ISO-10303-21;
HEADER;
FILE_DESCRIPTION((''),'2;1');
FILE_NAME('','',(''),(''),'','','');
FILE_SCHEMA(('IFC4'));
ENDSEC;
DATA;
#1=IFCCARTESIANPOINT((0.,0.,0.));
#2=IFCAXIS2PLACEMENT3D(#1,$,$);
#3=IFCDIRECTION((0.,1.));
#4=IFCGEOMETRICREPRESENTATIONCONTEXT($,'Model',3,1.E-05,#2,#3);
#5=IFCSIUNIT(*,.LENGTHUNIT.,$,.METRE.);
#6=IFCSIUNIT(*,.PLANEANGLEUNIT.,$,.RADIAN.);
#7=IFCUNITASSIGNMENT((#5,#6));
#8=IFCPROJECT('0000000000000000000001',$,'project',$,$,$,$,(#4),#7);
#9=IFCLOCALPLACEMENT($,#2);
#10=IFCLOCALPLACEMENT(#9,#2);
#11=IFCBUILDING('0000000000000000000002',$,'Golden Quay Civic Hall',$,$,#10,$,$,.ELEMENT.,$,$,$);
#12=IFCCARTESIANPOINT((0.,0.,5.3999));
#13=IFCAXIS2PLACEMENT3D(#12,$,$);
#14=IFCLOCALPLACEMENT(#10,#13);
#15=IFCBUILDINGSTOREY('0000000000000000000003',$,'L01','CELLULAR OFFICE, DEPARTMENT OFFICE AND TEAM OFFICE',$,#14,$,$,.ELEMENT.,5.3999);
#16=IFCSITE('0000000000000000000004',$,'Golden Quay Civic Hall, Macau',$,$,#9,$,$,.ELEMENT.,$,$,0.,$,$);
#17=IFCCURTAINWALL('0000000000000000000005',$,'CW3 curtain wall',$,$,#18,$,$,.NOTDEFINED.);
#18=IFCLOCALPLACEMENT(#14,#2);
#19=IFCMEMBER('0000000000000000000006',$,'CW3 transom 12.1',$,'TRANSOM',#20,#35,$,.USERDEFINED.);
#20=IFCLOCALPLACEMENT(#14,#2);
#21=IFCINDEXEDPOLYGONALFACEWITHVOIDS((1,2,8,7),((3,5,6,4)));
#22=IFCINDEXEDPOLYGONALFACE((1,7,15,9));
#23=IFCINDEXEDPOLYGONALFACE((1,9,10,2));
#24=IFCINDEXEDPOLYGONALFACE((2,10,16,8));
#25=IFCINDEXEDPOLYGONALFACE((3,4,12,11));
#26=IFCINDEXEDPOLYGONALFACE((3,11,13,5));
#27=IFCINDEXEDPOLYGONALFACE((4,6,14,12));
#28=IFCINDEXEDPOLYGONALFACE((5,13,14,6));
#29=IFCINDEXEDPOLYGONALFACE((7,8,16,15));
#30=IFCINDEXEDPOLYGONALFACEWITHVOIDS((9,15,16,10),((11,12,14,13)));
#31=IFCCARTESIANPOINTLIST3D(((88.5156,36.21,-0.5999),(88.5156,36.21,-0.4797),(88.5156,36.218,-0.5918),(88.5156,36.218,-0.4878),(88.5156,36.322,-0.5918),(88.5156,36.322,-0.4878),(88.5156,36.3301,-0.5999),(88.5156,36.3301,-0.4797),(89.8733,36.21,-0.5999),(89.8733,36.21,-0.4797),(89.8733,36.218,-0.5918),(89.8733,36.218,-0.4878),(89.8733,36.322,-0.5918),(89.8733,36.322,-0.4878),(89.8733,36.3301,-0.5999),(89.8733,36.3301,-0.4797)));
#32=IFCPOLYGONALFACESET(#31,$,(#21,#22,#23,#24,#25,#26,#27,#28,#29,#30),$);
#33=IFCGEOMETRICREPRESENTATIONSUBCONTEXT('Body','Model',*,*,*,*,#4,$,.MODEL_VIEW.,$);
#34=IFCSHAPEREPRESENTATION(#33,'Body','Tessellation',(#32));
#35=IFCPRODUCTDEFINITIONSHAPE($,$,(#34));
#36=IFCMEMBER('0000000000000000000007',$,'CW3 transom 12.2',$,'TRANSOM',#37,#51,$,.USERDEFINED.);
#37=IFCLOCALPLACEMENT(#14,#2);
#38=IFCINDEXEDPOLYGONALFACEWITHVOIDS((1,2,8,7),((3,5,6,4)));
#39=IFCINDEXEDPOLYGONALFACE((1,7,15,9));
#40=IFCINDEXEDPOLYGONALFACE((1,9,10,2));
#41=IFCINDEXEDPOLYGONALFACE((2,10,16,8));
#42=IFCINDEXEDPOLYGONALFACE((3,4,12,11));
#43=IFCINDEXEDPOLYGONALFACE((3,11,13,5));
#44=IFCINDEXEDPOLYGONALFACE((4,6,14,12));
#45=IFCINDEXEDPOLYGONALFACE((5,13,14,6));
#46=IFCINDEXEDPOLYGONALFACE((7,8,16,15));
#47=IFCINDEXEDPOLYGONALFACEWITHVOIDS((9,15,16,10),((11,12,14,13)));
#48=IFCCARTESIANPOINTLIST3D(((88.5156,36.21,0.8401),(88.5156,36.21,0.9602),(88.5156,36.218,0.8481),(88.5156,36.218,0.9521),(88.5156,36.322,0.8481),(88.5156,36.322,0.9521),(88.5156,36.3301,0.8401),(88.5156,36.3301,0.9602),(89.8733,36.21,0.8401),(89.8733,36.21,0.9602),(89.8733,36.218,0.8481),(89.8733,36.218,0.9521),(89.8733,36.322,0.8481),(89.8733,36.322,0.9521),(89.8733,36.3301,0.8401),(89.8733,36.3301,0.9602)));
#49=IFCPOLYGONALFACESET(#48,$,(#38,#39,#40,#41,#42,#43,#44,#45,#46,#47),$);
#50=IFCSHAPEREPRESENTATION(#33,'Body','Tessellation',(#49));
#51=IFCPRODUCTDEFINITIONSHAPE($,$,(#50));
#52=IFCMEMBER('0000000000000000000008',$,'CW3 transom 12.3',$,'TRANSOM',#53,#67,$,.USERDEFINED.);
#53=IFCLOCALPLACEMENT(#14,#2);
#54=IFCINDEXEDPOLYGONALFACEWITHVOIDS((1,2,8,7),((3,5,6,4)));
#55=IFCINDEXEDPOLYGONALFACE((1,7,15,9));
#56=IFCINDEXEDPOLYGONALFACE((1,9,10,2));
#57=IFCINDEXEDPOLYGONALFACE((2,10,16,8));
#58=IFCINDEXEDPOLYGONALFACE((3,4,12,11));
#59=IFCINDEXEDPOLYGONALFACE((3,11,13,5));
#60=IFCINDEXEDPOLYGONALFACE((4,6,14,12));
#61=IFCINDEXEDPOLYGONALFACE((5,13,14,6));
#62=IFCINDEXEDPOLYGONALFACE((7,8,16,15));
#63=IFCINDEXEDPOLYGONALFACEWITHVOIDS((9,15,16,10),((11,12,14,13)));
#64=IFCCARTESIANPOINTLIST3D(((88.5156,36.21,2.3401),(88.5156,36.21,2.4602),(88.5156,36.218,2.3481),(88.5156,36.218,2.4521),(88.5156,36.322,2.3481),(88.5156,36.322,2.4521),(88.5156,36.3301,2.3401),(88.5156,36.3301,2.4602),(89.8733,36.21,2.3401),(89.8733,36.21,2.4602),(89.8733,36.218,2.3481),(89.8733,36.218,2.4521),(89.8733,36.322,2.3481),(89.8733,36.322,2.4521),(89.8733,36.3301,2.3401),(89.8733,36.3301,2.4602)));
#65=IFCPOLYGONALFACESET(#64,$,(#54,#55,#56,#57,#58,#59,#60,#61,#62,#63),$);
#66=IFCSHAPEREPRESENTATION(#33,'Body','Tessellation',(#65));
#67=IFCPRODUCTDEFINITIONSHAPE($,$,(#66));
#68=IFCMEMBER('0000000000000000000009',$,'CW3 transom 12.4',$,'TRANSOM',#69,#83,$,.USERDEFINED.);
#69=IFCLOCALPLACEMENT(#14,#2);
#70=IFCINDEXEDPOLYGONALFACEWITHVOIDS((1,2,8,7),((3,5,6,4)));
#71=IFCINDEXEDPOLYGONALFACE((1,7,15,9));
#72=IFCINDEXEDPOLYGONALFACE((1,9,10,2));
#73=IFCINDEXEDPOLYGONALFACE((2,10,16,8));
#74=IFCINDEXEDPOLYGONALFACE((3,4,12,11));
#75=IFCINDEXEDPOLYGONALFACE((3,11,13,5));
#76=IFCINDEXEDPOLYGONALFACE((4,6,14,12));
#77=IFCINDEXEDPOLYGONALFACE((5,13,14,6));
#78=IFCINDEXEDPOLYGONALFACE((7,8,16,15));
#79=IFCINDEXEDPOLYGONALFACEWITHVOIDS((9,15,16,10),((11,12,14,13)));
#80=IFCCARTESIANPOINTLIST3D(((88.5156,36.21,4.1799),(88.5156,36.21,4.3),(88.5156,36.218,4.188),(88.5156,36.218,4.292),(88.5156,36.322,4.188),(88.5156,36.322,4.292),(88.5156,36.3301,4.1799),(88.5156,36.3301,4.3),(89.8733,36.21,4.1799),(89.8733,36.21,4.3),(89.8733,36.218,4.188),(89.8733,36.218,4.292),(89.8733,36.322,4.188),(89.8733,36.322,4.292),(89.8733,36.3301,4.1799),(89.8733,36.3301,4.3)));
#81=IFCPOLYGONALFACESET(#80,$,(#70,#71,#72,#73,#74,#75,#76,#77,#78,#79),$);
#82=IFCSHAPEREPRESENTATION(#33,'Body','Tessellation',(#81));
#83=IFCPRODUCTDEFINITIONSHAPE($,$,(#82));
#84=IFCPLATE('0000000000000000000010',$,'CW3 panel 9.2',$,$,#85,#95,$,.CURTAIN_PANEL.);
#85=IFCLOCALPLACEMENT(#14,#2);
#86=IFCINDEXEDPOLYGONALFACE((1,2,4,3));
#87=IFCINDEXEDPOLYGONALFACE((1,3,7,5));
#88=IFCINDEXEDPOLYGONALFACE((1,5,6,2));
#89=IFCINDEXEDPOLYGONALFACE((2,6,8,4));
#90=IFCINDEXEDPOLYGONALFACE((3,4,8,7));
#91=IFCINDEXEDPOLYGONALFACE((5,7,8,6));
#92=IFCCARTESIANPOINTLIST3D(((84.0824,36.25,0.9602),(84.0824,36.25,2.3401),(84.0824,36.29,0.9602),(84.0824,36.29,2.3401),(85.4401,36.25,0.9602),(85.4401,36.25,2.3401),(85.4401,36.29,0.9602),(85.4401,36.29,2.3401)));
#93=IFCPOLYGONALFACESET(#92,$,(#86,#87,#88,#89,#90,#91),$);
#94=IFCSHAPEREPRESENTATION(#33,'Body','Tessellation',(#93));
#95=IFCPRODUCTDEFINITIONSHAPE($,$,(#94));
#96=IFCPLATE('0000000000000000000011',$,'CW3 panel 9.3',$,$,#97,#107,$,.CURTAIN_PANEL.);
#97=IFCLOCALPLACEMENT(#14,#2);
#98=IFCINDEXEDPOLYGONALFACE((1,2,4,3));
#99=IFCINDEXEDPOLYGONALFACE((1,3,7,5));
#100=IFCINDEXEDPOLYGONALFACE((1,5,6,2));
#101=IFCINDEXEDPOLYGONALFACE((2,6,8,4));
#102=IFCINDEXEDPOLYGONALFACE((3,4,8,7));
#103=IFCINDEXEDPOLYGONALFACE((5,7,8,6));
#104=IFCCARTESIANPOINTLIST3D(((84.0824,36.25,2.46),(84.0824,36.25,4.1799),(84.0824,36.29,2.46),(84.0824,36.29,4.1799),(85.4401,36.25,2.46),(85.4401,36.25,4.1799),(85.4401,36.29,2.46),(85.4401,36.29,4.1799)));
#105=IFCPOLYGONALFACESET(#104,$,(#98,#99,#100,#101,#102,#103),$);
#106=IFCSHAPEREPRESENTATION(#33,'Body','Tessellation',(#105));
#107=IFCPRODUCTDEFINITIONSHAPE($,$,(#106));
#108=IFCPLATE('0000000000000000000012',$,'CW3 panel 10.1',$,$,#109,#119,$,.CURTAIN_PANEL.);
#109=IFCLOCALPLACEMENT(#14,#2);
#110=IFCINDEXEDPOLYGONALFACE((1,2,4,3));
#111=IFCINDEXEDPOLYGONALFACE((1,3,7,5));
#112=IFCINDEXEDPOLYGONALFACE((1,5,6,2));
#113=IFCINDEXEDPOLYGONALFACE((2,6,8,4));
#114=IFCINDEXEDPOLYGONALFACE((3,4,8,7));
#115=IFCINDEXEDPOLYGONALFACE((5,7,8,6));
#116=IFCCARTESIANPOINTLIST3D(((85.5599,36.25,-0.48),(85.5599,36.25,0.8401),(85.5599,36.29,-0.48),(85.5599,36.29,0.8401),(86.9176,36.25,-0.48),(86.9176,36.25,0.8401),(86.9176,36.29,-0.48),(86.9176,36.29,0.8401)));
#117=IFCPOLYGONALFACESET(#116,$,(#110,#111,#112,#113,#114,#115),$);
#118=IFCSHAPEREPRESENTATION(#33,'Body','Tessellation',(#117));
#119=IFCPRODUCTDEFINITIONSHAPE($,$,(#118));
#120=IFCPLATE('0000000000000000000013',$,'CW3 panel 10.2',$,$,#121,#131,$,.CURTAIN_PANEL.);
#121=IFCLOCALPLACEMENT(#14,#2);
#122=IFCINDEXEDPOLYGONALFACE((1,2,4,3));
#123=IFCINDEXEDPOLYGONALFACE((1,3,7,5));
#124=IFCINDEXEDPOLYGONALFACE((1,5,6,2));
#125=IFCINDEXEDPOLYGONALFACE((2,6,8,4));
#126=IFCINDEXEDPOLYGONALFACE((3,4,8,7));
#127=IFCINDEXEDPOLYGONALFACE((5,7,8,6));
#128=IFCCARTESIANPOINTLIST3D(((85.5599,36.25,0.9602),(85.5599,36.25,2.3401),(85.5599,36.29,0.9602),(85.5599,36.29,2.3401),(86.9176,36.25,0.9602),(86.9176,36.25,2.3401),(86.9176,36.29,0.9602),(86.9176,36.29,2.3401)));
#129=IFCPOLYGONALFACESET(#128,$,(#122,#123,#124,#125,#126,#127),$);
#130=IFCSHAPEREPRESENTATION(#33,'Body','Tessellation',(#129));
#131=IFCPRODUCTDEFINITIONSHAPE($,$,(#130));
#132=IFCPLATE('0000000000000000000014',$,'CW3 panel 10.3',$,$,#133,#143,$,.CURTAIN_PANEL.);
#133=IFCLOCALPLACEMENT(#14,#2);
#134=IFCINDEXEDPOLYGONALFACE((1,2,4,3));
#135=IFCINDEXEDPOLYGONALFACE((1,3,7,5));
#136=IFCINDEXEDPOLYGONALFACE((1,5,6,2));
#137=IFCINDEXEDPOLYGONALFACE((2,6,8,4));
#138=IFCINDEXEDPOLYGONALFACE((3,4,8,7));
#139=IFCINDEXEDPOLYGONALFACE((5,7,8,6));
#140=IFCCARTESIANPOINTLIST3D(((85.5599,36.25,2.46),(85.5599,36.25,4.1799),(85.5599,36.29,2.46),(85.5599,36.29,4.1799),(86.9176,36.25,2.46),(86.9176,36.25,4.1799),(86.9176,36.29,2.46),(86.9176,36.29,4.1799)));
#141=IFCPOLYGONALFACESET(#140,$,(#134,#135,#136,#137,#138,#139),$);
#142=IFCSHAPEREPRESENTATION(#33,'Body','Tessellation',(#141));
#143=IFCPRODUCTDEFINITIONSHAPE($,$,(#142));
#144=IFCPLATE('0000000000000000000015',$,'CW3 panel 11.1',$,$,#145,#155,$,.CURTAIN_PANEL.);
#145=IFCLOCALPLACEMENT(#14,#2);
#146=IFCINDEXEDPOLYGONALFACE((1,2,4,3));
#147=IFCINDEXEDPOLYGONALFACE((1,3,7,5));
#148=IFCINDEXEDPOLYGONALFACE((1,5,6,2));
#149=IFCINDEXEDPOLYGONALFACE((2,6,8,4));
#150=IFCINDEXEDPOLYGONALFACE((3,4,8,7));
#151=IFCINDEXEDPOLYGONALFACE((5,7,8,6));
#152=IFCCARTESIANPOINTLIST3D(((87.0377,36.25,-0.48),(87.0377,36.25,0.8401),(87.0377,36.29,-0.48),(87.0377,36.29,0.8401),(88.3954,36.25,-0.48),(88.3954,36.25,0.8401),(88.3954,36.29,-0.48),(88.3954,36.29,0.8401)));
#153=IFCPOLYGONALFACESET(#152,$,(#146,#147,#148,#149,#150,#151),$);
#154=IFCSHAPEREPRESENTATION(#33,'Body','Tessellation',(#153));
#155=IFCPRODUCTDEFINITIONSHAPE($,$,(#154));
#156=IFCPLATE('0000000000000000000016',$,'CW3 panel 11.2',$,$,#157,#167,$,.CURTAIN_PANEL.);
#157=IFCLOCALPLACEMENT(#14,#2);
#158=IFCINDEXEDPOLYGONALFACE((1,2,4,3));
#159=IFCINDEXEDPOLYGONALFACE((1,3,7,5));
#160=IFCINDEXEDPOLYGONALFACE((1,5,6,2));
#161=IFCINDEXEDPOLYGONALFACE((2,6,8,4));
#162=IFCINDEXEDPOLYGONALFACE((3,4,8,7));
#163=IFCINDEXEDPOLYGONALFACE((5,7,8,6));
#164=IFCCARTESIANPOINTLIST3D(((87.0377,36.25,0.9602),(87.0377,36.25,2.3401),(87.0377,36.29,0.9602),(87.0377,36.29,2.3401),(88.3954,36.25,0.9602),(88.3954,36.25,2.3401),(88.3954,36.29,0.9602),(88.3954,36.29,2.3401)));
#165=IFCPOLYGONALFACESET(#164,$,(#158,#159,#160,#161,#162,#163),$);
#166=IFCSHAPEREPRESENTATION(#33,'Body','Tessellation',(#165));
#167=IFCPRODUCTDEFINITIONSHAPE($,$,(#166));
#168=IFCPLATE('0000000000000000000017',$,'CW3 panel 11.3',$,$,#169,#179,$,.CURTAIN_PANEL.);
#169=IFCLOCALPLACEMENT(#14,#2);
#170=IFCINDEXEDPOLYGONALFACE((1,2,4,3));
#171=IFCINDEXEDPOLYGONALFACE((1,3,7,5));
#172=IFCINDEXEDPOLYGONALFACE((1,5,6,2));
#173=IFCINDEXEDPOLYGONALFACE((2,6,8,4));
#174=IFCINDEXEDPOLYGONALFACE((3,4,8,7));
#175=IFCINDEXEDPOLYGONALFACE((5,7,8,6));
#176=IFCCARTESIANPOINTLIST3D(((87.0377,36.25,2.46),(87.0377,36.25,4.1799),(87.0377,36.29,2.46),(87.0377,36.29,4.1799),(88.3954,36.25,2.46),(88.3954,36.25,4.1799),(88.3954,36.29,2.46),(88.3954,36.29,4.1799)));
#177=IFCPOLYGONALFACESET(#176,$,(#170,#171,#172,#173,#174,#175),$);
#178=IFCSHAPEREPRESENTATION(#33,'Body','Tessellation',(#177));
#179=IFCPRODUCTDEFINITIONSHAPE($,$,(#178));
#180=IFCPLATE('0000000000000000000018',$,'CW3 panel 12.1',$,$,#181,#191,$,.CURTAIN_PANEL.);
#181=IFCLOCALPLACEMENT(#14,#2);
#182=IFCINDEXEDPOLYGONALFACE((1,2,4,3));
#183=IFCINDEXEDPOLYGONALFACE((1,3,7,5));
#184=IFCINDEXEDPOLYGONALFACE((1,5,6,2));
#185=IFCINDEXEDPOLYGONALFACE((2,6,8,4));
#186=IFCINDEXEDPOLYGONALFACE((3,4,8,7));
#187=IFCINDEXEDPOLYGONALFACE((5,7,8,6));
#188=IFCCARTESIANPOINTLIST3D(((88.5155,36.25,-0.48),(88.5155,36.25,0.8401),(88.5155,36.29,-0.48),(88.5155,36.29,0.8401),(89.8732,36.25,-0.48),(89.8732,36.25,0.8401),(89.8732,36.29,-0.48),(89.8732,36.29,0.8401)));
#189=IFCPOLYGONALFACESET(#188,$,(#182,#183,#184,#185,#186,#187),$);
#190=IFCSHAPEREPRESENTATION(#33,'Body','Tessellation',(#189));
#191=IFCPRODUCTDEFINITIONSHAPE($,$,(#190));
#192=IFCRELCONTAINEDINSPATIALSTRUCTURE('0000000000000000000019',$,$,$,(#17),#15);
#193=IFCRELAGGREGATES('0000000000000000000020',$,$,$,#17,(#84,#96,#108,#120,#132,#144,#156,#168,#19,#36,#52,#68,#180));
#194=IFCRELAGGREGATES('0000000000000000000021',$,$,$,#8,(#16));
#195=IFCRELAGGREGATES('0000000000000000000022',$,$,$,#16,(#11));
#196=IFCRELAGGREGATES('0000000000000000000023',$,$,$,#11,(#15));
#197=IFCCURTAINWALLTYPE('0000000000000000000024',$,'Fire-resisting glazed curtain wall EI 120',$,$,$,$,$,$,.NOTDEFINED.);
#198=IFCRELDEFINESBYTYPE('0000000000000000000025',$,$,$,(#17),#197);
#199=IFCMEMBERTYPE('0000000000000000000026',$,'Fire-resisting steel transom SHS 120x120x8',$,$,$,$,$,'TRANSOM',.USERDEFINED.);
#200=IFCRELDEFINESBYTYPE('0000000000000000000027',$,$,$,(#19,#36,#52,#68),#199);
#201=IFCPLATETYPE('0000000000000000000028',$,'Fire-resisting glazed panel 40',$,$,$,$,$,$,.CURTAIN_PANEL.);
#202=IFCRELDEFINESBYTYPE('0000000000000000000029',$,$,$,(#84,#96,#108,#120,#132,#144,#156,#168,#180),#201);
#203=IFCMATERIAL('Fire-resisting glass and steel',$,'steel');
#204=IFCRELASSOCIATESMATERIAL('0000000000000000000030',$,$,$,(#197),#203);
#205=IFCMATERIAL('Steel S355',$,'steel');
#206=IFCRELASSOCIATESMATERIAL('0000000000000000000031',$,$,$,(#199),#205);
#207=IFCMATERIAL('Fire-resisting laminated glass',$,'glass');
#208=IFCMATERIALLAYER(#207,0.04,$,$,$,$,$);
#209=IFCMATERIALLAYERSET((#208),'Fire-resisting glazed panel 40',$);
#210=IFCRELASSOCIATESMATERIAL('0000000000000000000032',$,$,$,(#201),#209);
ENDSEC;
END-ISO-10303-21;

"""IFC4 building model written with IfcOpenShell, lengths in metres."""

from ifc_helpers import new_model, si_unit, direction, frame, origin, origin_2d, place, context, subcontext, project, spatial, rectangle, hollow_rectangle, extrude, material, layer, layer_set, material_profile, profile_set, type_object, element, aggregate, save


model = new_model("IFC4")

# Units and contexts
model_context = context("Model", 3, precision=1e-05, world=origin(), true_north=direction((0.0, 1.0)))
body_context = subcontext(model_context, "Body", "Model", "MODEL_VIEW")
ifc_project = project(units=[si_unit("LENGTHUNIT", "METRE"), si_unit("PLANEANGLEUNIT", "RADIAN")], contexts=[model_context])

# Site, building, storey
site_placement = place(None, origin())
site = spatial("IfcSite", under=ifc_project, at=site_placement, Name="Golden Quay Civic Hall, Macau", CompositionType="ELEMENT", RefElevation=0.0)
building_placement = place(site_placement, origin())
building = spatial("IfcBuilding", under=site, at=building_placement, Name="Golden Quay Civic Hall", CompositionType="ELEMENT")
storey_placement = place(building_placement, frame((0.0, 0.0, 5.3999)))
storey = spatial("IfcBuildingStorey", under=building, at=storey_placement, Name="L01", Description="CELLULAR OFFICE, DEPARTMENT OFFICE AND TEAM OFFICE", CompositionType="ELEMENT", Elevation=5.3999)

# Curtain wall, members, plates
ifc_material_1 = material(Name="Fire-resisting glass and steel", Category="steel")
curtain_wall_type = type_object("IfcCurtainWallType", Name="Fire-resisting glazed curtain wall EI 120", PredefinedType="NOTDEFINED", material=ifc_material_1)
curtain_wall_placement = place(storey_placement, origin())
curtain_wall = element("IfcCurtainWall", 1, at=curtain_wall_placement, inside=storey, type_object=curtain_wall_type, Name="CW3 curtain wall", PredefinedType="NOTDEFINED")
ifc_material_2 = material(Name="Steel S355", Category="steel")
ifc_material_profile_1 = material_profile(ifc_material_2, hollow_rectangle(XDim=0.1201, YDim=0.1201, WallThickness=0.0081, at=origin_2d()), Name="SHS 120x120x8")
ifc_profile_set_1 = profile_set([ifc_material_profile_1], Name="Steel S355")
member_type_1 = type_object("IfcMemberType", Name="Fire-resisting steel transom SHS 120x120x8", ElementType="TRANSOM", PredefinedType="USERDEFINED", material=ifc_profile_set_1)
member_1_placement = place(storey_placement, frame((88.5156, 36.27, -0.5398), z_axis=(1.0, 0.0, 0.0), x_axis=(0.0, 1.0, 0.0)))
member_1 = element("IfcMember", 2, at=member_1_placement, type_object=member_type_1, Name="CW3 transom 12.1", ObjectType="TRANSOM", PredefinedType="USERDEFINED", context=body_context, shape_type="SweptSolid", body=[
    extrude(hollow_rectangle(XDim=0.1201, YDim=0.1201, WallThickness=0.0081, at=origin_2d()), origin(), (0.0, 0.0, 1.0), 1.3577),
])
member_2_placement = place(storey_placement, frame((88.5156, 36.27, 0.9001), z_axis=(1.0, 0.0, 0.0), x_axis=(0.0, 1.0, 0.0)))
member_2 = element("IfcMember", 3, at=member_2_placement, type_object=member_type_1, Name="CW3 transom 12.2", ObjectType="TRANSOM", PredefinedType="USERDEFINED", context=body_context, shape_type="SweptSolid", body=[
    extrude(hollow_rectangle(XDim=0.1201, YDim=0.1201, WallThickness=0.0081, at=origin_2d()), origin(), (0.0, 0.0, 1.0), 1.3577),
])
member_3_placement = place(storey_placement, frame((88.5156, 36.27, 2.4001), z_axis=(1.0, 0.0, 0.0), x_axis=(0.0, 1.0, 0.0)))
member_3 = element("IfcMember", 4, at=member_3_placement, type_object=member_type_1, Name="CW3 transom 12.3", ObjectType="TRANSOM", PredefinedType="USERDEFINED", context=body_context, shape_type="SweptSolid", body=[
    extrude(hollow_rectangle(XDim=0.1201, YDim=0.1201, WallThickness=0.0081, at=origin_2d()), origin(), (0.0, 0.0, 1.0), 1.3577),
])
member_4_placement = place(storey_placement, frame((88.5156, 36.27, 4.24), z_axis=(1.0, 0.0, 0.0), x_axis=(0.0, 1.0, 0.0)))
member_4 = element("IfcMember", 5, at=member_4_placement, type_object=member_type_1, Name="CW3 transom 12.4", ObjectType="TRANSOM", PredefinedType="USERDEFINED", context=body_context, shape_type="SweptSolid", body=[
    extrude(hollow_rectangle(XDim=0.1201, YDim=0.1201, WallThickness=0.0081, at=origin_2d()), origin(), (0.0, 0.0, 1.0), 1.3577),
])
ifc_material_3 = material(Name="Fire-resisting laminated glass", Category="glass")
ifc_layer = layer(ifc_material_3, 0.04)
ifc_layer_set = layer_set([ifc_layer], Name="Fire-resisting glazed panel 40")
plate_type = type_object("IfcPlateType", Name="Fire-resisting glazed panel 40", PredefinedType="CURTAIN_PANEL", material=ifc_layer_set)
plate_1_placement = place(storey_placement, frame((84.7612, 36.27, 0.9602), z_axis=(0.0, 0.0, 1.0), x_axis=(1.0, 0.0, 0.0)))
plate_1 = element("IfcPlate", 6, at=plate_1_placement, type_object=plate_type, Name="CW3 panel 9.2", PredefinedType="CURTAIN_PANEL", context=body_context, shape_type="SweptSolid", body=[
    extrude(rectangle(XDim=1.3577, YDim=0.04, at=origin_2d()), origin(), (0.0, 0.0, 1.0), 1.3799),
])
plate_2_placement = place(storey_placement, frame((84.7612, 36.27, 2.46), z_axis=(0.0, 0.0, 1.0), x_axis=(1.0, 0.0, 0.0)))
plate_2 = element("IfcPlate", 7, at=plate_2_placement, type_object=plate_type, Name="CW3 panel 9.3", PredefinedType="CURTAIN_PANEL", context=body_context, shape_type="SweptSolid", body=[
    extrude(rectangle(XDim=1.3577, YDim=0.04, at=origin_2d()), origin(), (0.0, 0.0, 1.0), 1.72),
])
plate_3_placement = place(storey_placement, frame((86.2388, 36.27, -0.48), z_axis=(0.0, 0.0, 1.0), x_axis=(1.0, 0.0, 0.0)))
plate_3 = element("IfcPlate", 8, at=plate_3_placement, type_object=plate_type, Name="CW3 panel 10.1", PredefinedType="CURTAIN_PANEL", context=body_context, shape_type="SweptSolid", body=[
    extrude(rectangle(XDim=1.3577, YDim=0.04, at=origin_2d()), origin(), (0.0, 0.0, 1.0), 1.3201),
])
plate_4_placement = place(storey_placement, frame((86.2388, 36.27, 0.9602), z_axis=(0.0, 0.0, 1.0), x_axis=(1.0, 0.0, 0.0)))
plate_4 = element("IfcPlate", 9, at=plate_4_placement, type_object=plate_type, Name="CW3 panel 10.2", PredefinedType="CURTAIN_PANEL", context=body_context, shape_type="SweptSolid", body=[
    extrude(rectangle(XDim=1.3577, YDim=0.04, at=origin_2d()), origin(), (0.0, 0.0, 1.0), 1.3799),
])
plate_5_placement = place(storey_placement, frame((86.2388, 36.27, 2.46), z_axis=(0.0, 0.0, 1.0), x_axis=(1.0, 0.0, 0.0)))
plate_5 = element("IfcPlate", 10, at=plate_5_placement, type_object=plate_type, Name="CW3 panel 10.3", PredefinedType="CURTAIN_PANEL", context=body_context, shape_type="SweptSolid", body=[
    extrude(rectangle(XDim=1.3577, YDim=0.04, at=origin_2d()), origin(), (0.0, 0.0, 1.0), 1.72),
])
plate_6_placement = place(storey_placement, frame((87.7166, 36.27, -0.48), z_axis=(0.0, 0.0, 1.0), x_axis=(1.0, 0.0, 0.0)))
plate_6 = element("IfcPlate", 11, at=plate_6_placement, type_object=plate_type, Name="CW3 panel 11.1", PredefinedType="CURTAIN_PANEL", context=body_context, shape_type="SweptSolid", body=[
    extrude(rectangle(XDim=1.3577, YDim=0.04, at=origin_2d()), origin(), (0.0, 0.0, 1.0), 1.3201),
])
plate_7_placement = place(storey_placement, frame((87.7166, 36.27, 0.9602), z_axis=(0.0, 0.0, 1.0), x_axis=(1.0, 0.0, 0.0)))
plate_7 = element("IfcPlate", 12, at=plate_7_placement, type_object=plate_type, Name="CW3 panel 11.2", PredefinedType="CURTAIN_PANEL", context=body_context, shape_type="SweptSolid", body=[
    extrude(rectangle(XDim=1.3577, YDim=0.04, at=origin_2d()), origin(), (0.0, 0.0, 1.0), 1.3799),
])
plate_8_placement = place(storey_placement, frame((87.7166, 36.27, 2.46), z_axis=(0.0, 0.0, 1.0), x_axis=(1.0, 0.0, 0.0)))
plate_8 = element("IfcPlate", 13, at=plate_8_placement, type_object=plate_type, Name="CW3 panel 11.3", PredefinedType="CURTAIN_PANEL", context=body_context, shape_type="SweptSolid", body=[
    extrude(rectangle(XDim=1.3577, YDim=0.04, at=origin_2d()), origin(), (0.0, 0.0, 1.0), 1.72),
])
plate_9_placement = place(storey_placement, frame((89.1943, 36.27, -0.48), z_axis=(0.0, 0.0, 1.0), x_axis=(1.0, 0.0, 0.0)))
plate_9 = element("IfcPlate", 14, at=plate_9_placement, type_object=plate_type, Name="CW3 panel 12.1", PredefinedType="CURTAIN_PANEL", context=body_context, shape_type="SweptSolid", body=[
    extrude(rectangle(XDim=1.3577, YDim=0.04, at=origin_2d()), origin(), (0.0, 0.0, 1.0), 1.3201),
])
aggregate(curtain_wall, [plate_1, plate_2, plate_3, plate_4, plate_5, plate_6, plate_7, plate_8, member_1, member_2, member_3, member_4, plate_9])

save(model, "model.ifc")
